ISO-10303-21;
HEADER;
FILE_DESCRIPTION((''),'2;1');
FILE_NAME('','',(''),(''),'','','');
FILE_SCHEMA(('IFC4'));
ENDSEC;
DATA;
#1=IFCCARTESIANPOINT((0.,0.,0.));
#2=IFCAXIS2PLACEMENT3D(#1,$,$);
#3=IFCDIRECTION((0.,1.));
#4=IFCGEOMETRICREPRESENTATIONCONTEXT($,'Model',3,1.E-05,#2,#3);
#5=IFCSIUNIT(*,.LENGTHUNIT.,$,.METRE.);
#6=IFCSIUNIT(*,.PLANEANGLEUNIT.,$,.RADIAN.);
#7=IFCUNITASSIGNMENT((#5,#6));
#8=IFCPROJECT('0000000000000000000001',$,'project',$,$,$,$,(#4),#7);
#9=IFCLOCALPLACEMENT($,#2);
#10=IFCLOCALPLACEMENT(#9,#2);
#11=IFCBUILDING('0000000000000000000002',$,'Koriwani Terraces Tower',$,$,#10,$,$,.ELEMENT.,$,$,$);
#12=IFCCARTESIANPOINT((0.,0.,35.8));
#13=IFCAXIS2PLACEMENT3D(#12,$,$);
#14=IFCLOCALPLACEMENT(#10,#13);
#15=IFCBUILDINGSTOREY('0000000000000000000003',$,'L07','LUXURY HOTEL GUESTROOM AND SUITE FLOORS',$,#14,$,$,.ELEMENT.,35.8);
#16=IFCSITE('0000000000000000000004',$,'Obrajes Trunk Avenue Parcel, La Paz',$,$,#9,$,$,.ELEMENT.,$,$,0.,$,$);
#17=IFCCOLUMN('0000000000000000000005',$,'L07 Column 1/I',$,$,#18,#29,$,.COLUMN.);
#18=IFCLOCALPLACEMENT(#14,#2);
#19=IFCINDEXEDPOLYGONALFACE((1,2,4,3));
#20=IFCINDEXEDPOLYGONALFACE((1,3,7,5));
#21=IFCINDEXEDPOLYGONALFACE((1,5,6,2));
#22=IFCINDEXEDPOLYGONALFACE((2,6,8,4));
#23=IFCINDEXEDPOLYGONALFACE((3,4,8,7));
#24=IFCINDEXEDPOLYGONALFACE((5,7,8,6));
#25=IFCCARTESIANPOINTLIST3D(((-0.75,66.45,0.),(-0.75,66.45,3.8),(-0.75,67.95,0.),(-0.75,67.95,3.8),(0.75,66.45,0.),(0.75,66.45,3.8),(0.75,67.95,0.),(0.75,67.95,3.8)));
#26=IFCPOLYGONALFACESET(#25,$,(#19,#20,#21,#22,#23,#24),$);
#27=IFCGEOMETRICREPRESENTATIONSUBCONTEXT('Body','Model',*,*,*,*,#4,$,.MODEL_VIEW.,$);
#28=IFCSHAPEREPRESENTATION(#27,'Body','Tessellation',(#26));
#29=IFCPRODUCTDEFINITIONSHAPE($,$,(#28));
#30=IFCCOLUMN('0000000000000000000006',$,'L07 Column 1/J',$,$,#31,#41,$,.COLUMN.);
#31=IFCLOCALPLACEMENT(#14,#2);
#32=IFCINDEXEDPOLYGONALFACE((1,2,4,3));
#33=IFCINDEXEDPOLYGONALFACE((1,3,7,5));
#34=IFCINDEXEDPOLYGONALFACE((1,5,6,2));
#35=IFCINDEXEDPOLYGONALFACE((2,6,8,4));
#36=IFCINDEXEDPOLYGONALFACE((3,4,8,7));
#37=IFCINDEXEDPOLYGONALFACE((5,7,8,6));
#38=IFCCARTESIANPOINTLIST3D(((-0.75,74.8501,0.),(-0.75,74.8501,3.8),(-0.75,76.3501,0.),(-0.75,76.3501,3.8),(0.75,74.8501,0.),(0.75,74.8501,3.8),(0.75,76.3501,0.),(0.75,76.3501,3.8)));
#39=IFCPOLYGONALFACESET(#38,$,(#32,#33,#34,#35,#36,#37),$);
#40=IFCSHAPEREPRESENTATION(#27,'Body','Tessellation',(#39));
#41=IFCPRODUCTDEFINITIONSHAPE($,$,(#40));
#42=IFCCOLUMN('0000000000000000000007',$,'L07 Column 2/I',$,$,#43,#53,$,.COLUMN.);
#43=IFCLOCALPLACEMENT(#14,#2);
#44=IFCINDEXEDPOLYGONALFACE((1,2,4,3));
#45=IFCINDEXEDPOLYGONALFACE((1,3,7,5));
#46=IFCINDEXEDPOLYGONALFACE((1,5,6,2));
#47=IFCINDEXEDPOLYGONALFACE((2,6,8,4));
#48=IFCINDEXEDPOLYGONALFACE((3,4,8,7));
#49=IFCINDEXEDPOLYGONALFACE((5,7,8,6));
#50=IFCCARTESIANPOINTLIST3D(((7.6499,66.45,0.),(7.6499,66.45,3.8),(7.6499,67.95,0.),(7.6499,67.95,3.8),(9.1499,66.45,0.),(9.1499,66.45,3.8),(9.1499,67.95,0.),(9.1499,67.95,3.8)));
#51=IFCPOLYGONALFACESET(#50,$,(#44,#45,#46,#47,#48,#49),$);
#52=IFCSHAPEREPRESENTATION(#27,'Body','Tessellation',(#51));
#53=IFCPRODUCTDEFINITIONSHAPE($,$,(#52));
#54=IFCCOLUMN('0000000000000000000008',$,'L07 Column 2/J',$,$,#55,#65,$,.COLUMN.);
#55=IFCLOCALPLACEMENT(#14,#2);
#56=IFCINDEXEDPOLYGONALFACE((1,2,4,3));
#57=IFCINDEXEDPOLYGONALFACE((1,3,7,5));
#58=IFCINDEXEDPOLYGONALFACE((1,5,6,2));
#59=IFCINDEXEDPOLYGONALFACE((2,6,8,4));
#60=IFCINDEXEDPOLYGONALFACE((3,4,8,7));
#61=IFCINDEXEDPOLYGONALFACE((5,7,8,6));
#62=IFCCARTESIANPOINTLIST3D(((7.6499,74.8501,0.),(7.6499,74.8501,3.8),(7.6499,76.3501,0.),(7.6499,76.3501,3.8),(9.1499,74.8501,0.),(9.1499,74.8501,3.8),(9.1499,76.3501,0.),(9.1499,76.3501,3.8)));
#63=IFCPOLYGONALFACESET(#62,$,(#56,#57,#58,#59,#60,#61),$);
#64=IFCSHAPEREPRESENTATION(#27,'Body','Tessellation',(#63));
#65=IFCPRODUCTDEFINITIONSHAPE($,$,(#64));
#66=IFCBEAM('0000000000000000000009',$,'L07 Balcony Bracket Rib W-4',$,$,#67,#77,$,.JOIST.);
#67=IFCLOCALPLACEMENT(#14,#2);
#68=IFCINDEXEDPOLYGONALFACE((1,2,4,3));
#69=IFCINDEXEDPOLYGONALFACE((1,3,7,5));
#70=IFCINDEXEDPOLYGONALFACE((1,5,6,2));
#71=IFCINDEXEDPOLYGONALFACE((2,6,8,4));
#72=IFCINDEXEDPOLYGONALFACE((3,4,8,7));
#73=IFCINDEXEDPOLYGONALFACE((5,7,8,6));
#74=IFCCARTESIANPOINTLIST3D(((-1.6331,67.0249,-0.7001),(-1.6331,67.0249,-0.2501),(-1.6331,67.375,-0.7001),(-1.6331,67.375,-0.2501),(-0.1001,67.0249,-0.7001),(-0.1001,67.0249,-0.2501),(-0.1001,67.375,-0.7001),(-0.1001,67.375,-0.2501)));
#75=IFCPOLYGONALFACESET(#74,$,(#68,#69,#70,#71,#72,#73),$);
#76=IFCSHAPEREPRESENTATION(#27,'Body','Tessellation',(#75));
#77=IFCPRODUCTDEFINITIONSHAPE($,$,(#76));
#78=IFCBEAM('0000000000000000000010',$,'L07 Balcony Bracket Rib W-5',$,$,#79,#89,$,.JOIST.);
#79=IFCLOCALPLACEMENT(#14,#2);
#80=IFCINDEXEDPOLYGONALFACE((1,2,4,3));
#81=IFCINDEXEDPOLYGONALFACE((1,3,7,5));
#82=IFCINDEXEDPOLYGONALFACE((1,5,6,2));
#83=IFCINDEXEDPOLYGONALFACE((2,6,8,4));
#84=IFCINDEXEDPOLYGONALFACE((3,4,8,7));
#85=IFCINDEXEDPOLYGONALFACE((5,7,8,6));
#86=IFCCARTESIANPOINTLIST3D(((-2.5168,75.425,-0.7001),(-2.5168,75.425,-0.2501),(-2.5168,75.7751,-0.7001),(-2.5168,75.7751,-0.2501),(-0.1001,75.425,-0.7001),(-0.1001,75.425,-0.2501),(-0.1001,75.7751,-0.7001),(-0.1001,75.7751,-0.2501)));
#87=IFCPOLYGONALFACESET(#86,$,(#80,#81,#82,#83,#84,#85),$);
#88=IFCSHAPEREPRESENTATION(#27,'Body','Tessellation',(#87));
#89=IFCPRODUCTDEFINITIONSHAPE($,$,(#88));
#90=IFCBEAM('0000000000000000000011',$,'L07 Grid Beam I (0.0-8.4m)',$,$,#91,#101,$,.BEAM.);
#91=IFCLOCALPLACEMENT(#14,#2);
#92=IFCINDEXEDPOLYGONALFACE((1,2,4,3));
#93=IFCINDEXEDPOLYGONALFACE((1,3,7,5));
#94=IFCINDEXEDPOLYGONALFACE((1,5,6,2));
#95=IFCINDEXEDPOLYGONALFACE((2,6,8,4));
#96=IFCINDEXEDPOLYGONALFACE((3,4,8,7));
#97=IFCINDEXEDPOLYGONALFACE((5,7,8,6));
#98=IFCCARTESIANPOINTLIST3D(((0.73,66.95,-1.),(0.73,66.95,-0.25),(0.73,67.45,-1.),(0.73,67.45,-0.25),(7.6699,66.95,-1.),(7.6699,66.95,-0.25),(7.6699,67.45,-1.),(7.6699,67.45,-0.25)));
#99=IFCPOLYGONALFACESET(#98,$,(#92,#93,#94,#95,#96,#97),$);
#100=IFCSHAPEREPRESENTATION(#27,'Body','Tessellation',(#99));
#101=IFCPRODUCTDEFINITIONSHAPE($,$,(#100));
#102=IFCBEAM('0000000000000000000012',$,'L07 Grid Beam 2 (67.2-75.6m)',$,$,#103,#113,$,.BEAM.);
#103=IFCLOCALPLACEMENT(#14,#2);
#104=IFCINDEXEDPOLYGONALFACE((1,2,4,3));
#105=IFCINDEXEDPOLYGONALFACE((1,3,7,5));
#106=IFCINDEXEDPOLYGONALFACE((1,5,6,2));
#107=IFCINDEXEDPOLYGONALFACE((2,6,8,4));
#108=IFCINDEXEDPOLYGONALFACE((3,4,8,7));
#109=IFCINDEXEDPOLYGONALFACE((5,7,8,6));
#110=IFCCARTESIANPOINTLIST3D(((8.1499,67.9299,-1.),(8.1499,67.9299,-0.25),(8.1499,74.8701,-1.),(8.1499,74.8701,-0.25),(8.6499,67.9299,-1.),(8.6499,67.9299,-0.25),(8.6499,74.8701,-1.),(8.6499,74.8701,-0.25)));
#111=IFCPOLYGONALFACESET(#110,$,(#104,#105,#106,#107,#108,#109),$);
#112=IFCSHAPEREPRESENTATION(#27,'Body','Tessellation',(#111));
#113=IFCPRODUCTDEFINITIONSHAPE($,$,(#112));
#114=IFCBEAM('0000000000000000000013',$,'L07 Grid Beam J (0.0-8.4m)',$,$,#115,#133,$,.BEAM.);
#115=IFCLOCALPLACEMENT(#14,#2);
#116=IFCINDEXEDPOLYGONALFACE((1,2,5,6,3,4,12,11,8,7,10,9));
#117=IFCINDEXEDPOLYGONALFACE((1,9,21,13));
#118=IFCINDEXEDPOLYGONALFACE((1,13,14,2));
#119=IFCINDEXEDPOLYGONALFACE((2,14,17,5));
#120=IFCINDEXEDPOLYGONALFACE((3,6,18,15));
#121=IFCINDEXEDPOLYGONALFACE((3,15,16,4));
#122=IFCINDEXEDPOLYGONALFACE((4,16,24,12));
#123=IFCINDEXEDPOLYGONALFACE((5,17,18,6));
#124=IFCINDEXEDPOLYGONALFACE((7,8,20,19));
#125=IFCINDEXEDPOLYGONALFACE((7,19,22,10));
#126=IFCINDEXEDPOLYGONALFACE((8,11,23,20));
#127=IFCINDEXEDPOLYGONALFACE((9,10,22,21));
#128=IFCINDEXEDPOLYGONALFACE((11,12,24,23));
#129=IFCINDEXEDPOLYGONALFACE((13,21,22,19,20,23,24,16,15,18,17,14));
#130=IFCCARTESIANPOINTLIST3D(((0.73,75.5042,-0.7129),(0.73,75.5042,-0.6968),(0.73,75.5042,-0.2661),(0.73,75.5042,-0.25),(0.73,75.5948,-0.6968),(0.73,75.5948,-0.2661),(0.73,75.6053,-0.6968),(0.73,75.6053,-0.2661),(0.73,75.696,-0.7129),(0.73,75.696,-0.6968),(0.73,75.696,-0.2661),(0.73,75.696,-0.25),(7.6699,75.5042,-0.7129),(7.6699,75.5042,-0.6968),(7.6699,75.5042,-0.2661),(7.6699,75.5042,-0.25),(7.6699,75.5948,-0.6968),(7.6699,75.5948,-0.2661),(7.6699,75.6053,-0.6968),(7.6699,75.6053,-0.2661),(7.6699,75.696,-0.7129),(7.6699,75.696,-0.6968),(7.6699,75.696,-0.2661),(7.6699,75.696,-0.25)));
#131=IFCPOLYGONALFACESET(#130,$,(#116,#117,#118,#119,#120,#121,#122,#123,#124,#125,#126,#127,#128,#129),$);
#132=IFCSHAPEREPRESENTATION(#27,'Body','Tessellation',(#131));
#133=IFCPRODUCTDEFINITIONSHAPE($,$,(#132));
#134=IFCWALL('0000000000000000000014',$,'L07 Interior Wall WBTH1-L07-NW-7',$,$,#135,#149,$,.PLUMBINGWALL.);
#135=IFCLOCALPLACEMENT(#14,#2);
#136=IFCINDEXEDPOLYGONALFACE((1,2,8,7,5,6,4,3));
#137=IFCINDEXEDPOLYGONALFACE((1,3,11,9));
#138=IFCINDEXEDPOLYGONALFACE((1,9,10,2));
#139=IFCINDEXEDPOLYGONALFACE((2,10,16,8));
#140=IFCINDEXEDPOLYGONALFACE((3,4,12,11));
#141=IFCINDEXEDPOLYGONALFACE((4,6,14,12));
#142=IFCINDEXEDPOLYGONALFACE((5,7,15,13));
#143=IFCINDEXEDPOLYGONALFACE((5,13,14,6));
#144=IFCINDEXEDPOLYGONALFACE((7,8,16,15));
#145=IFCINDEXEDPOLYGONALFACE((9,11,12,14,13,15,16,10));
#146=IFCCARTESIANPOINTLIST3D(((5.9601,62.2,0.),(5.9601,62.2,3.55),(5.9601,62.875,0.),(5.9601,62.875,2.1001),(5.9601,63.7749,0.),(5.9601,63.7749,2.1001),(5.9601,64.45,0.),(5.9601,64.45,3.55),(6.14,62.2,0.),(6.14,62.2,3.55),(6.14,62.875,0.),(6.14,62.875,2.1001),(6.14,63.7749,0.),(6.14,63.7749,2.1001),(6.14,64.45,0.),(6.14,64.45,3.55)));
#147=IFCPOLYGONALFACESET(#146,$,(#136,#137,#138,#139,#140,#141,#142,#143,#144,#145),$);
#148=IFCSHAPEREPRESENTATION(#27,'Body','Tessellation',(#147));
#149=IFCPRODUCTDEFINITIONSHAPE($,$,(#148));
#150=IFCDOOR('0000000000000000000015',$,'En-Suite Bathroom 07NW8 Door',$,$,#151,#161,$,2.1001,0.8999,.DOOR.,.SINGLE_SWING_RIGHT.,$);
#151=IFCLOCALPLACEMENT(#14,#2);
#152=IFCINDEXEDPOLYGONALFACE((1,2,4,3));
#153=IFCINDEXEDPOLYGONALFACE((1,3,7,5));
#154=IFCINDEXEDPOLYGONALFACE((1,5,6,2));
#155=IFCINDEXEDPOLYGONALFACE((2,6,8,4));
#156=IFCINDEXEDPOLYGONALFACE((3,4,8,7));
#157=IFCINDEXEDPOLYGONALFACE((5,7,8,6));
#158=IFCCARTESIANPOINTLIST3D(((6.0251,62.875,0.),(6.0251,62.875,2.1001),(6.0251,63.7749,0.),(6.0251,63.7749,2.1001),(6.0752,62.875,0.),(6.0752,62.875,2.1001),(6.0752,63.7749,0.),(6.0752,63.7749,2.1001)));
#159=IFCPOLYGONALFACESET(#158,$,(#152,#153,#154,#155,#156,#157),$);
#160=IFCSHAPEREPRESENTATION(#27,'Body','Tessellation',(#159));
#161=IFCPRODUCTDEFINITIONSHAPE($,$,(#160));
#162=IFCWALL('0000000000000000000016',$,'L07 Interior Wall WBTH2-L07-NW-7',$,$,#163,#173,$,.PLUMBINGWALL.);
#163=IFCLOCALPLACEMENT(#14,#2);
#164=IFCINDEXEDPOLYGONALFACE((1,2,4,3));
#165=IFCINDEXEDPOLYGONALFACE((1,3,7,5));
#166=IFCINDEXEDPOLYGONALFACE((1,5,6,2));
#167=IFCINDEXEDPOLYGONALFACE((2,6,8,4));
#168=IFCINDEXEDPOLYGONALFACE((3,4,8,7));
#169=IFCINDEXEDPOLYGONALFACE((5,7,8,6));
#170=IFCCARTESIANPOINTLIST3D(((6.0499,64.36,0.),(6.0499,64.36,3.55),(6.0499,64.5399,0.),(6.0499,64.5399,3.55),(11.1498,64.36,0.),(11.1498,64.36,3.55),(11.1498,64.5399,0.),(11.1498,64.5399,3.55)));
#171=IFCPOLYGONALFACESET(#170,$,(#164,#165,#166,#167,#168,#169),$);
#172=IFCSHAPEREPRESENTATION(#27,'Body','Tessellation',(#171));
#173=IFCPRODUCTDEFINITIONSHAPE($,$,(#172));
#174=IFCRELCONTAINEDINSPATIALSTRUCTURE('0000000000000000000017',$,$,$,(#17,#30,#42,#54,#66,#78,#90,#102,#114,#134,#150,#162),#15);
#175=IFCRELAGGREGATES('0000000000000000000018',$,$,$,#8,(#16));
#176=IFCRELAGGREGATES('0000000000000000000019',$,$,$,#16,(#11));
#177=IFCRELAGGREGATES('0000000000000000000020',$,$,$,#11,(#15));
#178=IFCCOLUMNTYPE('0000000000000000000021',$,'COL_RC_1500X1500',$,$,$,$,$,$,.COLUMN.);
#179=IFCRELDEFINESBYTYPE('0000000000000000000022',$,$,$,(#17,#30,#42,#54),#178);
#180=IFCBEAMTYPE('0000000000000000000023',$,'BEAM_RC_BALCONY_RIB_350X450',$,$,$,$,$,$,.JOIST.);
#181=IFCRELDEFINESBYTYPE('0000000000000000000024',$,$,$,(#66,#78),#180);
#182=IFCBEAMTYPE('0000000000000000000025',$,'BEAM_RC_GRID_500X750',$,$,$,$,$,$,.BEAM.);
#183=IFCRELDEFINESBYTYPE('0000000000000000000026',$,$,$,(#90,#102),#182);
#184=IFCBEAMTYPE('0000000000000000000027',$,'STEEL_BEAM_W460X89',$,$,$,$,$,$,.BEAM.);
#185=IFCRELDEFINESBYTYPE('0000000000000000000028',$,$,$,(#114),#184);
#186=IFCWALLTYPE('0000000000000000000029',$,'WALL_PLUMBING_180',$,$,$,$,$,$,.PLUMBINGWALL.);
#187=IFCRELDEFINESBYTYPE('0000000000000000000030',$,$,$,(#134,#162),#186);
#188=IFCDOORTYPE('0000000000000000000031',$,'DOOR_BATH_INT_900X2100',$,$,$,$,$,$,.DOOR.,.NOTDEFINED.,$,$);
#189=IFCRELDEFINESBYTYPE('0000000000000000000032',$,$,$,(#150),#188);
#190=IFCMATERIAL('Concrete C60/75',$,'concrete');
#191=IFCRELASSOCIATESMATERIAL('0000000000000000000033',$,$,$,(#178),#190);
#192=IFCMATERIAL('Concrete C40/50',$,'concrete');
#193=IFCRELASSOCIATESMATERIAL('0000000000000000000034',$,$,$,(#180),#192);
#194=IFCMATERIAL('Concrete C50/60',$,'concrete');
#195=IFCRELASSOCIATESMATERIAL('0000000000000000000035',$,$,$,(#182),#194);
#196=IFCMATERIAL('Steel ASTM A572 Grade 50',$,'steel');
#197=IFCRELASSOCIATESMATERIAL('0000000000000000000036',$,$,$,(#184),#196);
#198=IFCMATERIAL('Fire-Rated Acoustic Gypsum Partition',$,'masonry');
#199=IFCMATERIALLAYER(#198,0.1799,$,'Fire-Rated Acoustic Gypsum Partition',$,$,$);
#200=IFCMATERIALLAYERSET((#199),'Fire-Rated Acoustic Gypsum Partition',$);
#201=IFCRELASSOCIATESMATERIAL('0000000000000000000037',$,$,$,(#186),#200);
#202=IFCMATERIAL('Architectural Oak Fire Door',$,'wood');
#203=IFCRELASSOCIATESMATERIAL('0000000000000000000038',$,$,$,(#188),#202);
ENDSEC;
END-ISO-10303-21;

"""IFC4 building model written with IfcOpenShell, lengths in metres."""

from ifc_helpers import new_model, si_unit, direction, frame, frame_2d, origin, origin_2d, place, context, subcontext, project, spatial, rectangle, i_section, extrude, material, layer, layer_set, material_profile, profile_set, type_object, element, fill, save


model = new_model("IFC4")

# Units and contexts
model_context = context("Model", 3, precision=1e-05, world=origin(), true_north=direction((0.0, 1.0)))
body_context = subcontext(model_context, "Body", "Model", "MODEL_VIEW")
ifc_project = project(units=[si_unit("LENGTHUNIT", "METRE"), si_unit("PLANEANGLEUNIT", "RADIAN")], contexts=[model_context])

# Site, building, storey
site_placement = place(None, origin())
site = spatial("IfcSite", under=ifc_project, at=site_placement, Name="Obrajes Trunk Avenue Parcel, La Paz", CompositionType="ELEMENT", RefElevation=0.0)
building_placement = place(site_placement, origin())
building = spatial("IfcBuilding", under=site, at=building_placement, Name="Koriwani Terraces Tower", CompositionType="ELEMENT")
storey_placement = place(building_placement, frame((0.0, 0.0, 35.8)))
storey = spatial("IfcBuildingStorey", under=building, at=storey_placement, Name="L07", Description="LUXURY HOTEL GUESTROOM AND SUITE FLOORS", CompositionType="ELEMENT", Elevation=35.8)

# Columns
ifc_material_1 = material(Name="Concrete C60/75", Category="concrete")
ifc_material_profile_1 = material_profile(ifc_material_1, rectangle(XDim=1.5, YDim=1.5, at=origin_2d()), Name="Concrete C60/75", Category="LoadBearing")
ifc_profile_set_1 = profile_set([ifc_material_profile_1], Name="Concrete C60/75")
column_type = type_object("IfcColumnType", Name="COL_RC_1500X1500", PredefinedType="COLUMN", material=ifc_profile_set_1)
for number, where, z_axis, x_axis, name in (
    (1, (0.0, 67.2, 0.0), (0.0, 0.0, 1.0), (1.0, 0.0, 0.0), "L07 Column 1/I"),
    (2, (0.0, 75.6001, 0.0), (0.0, 0.0, 1.0), (1.0, 0.0, 0.0), "L07 Column 1/J"),
    (3, (8.3999, 67.2, 0.0), (0.0, 0.0, 1.0), (1.0, 0.0, 0.0), "L07 Column 2/I"),
    (4, (8.3999, 75.6001, 0.0), (0.0, 0.0, 1.0), (1.0, 0.0, 0.0), "L07 Column 2/J"),
):
    element("IfcColumn", number, at=place(storey_placement, frame(where, z_axis=z_axis, x_axis=x_axis)), inside=storey, type_object=column_type, Name=name, PredefinedType="COLUMN", context=body_context, shape_type="SweptSolid", body=[
        extrude(rectangle(XDim=1.5, YDim=1.5, at=origin_2d()), origin(), (0.0, 0.0, 1.0), 3.8),
    ])

# Beams
ifc_material_2 = material(Name="Concrete C40/50", Category="concrete")
ifc_material_profile_2 = material_profile(ifc_material_2, rectangle(XDim=0.3501, YDim=0.45, at=origin_2d()), Name="Concrete C40/50", Category="LoadBearing")
ifc_profile_set_2 = profile_set([ifc_material_profile_2], Name="Concrete C40/50")
beam_type_1 = type_object("IfcBeamType", Name="BEAM_RC_BALCONY_RIB_350X450", PredefinedType="JOIST", material=ifc_profile_set_2)
beam_1_placement = place(storey_placement, frame((-1.6331, 67.2, -0.4751), z_axis=(1.0, 0.0, 0.0), x_axis=(0.0, 1.0, 0.0)))
element("IfcBeam", 5, at=beam_1_placement, inside=storey, type_object=beam_type_1, Name="L07 Balcony Bracket Rib W-4", PredefinedType="JOIST", context=body_context, shape_type="SweptSolid", body=[
    extrude(rectangle(XDim=0.3501, YDim=0.45, at=origin_2d()), origin(), (0.0, 0.0, 1.0), 1.533),
])
beam_2_placement = place(storey_placement, frame((-2.5168, 75.6001, -0.4751), z_axis=(1.0, 0.0, 0.0), x_axis=(0.0, 1.0, 0.0)))
element("IfcBeam", 6, at=beam_2_placement, inside=storey, type_object=beam_type_1, Name="L07 Balcony Bracket Rib W-5", PredefinedType="JOIST", context=body_context, shape_type="SweptSolid", body=[
    extrude(rectangle(XDim=0.3501, YDim=0.45, at=origin_2d()), origin(), (0.0, 0.0, 1.0), 2.4167),
])
ifc_material_3 = material(Name="Concrete C50/60", Category="concrete")
ifc_material_profile_3 = material_profile(ifc_material_3, rectangle(XDim=0.5, YDim=0.75, at=origin_2d()), Name="Concrete C50/60", Category="LoadBearing")
ifc_profile_set_3 = profile_set([ifc_material_profile_3], Name="Concrete C50/60")
beam_type_2 = type_object("IfcBeamType", Name="BEAM_RC_GRID_500X750", PredefinedType="BEAM", material=ifc_profile_set_3)
beam_3_placement = place(storey_placement, frame((0.73, 67.2, -0.625), z_axis=(1.0, 0.0, 0.0), x_axis=(0.0, 1.0, 0.0)))
element("IfcBeam", 7, at=beam_3_placement, inside=storey, type_object=beam_type_2, Name="L07 Grid Beam I (0.0-8.4m)", PredefinedType="BEAM", context=body_context, shape_type="SweptSolid", body=[
    extrude(rectangle(XDim=0.5, YDim=0.75, at=origin_2d()), origin(), (0.0, 0.0, 1.0), 6.9399),
])
beam_4_placement = place(storey_placement, frame((8.3999, 67.9299, -0.625), z_axis=(0.0, 1.0, 0.0), x_axis=(-1.0, 0.0, 0.0)))
element("IfcBeam", 8, at=beam_4_placement, inside=storey, type_object=beam_type_2, Name="L07 Grid Beam 2 (67.2-75.6m)", PredefinedType="BEAM", context=body_context, shape_type="SweptSolid", body=[
    extrude(rectangle(XDim=0.5, YDim=0.75, at=origin_2d()), origin(), (0.0, 0.0, 1.0), 6.9402),
])
ifc_material_4 = material(Name="Steel ASTM A572 Grade 50", Category="steel")
ifc_material_profile_4 = material_profile(ifc_material_4, i_section(OverallWidth=0.1919, OverallDepth=0.4629, WebThickness=0.0105, FlangeThickness=0.0161, at=origin_2d()), Name="Steel ASTM A572 Grade 50", Category="LoadBearing")
ifc_profile_set_4 = profile_set([ifc_material_profile_4], Name="Steel ASTM A572 Grade 50")
beam_type_3 = type_object("IfcBeamType", Name="STEEL_BEAM_W460X89", PredefinedType="BEAM", material=ifc_profile_set_4)
beam_5_placement = place(storey_placement, frame((0.73, 75.6001, -0.4814), z_axis=(1.0, 0.0, 0.0), x_axis=(0.0, 1.0, 0.0)))
element("IfcBeam", 9, at=beam_5_placement, inside=storey, type_object=beam_type_3, Name="L07 Grid Beam J (0.0-8.4m)", PredefinedType="BEAM", context=body_context, shape_type="SweptSolid", body=[
    extrude(i_section(OverallWidth=0.1919, OverallDepth=0.4629, WebThickness=0.0105, FlangeThickness=0.0161, at=origin_2d()), origin(), (0.0, 0.0, 1.0), 6.9399),
])

# Wall, opening, door
ifc_material_5 = material(Name="Fire-Rated Acoustic Gypsum Partition", Category="masonry")
ifc_layer_1 = layer(ifc_material_5, 0.1799, Name="Fire-Rated Acoustic Gypsum Partition")
ifc_layer_set_1 = layer_set([ifc_layer_1], Name="Fire-Rated Acoustic Gypsum Partition")
wall_type_1 = type_object("IfcWallType", Name="WALL_PLUMBING_180", PredefinedType="PLUMBINGWALL", material=ifc_layer_set_1)
wall_1_placement = place(storey_placement, frame((6.05, 62.2, 0.0), z_axis=(0.0, 0.0, 1.0), x_axis=(0.0, 1.0, 0.0)))
wall_1 = element("IfcWall", 10, at=wall_1_placement, inside=storey, type_object=wall_type_1, Name="L07 Interior Wall WBTH1-L07-NW-7", PredefinedType="PLUMBINGWALL", context=body_context, shape_type="SweptSolid", body=[
    extrude(rectangle(XDim=2.25, YDim=0.1799, at=frame_2d((1.125, 0.0))), origin(), (0.0, 0.0, 1.0), 3.55),
])
opening_1_placement = place(wall_1_placement, frame((0.675, 0.0, 0.0)))
opening_1 = element("IfcOpeningElement", 11, at=opening_1_placement, cuts=wall_1, PredefinedType="OPENING", context=body_context, shape_type="SweptSolid", body=[
    extrude(rectangle(XDim=0.8999, YDim=2.1001, at=frame_2d((0.45, 1.05))), frame((0.0, 0.1001, 0.0), z_axis=(0.0, -1.0, 0.0), x_axis=(1.0, 0.0, 0.0)), (0.0, 0.0, 1.0), 0.2),
])
ifc_material_6 = material(Name="Architectural Oak Fire Door", Category="wood")
door_type = type_object("IfcDoorType", Name="DOOR_BATH_INT_900X2100", OperationType="NOTDEFINED", PredefinedType="DOOR", material=ifc_material_6)
door_1_placement = place(opening_1_placement, origin())
door_1 = element("IfcDoor", 12, at=door_1_placement, inside=storey, type_object=door_type, Name="En-Suite Bathroom 07NW8 Door", OperationType="SINGLE_SWING_RIGHT", OverallHeight=2.1001, OverallWidth=0.8999, PredefinedType="DOOR", context=body_context, shape_type="SweptSolid", body=[
    extrude(rectangle(XDim=0.8999, YDim=2.1001, at=frame_2d((0.45, 1.05))), frame((0.0, 0.0249, 0.0), z_axis=(0.0, -1.0, 0.0), x_axis=(1.0, 0.0, 0.0)), (0.0, 0.0, 1.0), 0.05),
])
fill(opening_1, door_1)

# Wall
wall_2_placement = place(storey_placement, frame((6.05, 64.45, 0.0), z_axis=(0.0, 0.0, 1.0), x_axis=(1.0, 0.0, 0.0)))
element("IfcWall", 13, at=wall_2_placement, inside=storey, type_object=wall_type_1, Name="L07 Interior Wall WBTH2-L07-NW-7", PredefinedType="PLUMBINGWALL", context=body_context, shape_type="SweptSolid", body=[
    extrude(rectangle(XDim=5.0999, YDim=0.1799, at=frame_2d((2.5498, 0.0))), origin(), (0.0, 0.0, 1.0), 3.55),
])

save(model, "model.ifc")
